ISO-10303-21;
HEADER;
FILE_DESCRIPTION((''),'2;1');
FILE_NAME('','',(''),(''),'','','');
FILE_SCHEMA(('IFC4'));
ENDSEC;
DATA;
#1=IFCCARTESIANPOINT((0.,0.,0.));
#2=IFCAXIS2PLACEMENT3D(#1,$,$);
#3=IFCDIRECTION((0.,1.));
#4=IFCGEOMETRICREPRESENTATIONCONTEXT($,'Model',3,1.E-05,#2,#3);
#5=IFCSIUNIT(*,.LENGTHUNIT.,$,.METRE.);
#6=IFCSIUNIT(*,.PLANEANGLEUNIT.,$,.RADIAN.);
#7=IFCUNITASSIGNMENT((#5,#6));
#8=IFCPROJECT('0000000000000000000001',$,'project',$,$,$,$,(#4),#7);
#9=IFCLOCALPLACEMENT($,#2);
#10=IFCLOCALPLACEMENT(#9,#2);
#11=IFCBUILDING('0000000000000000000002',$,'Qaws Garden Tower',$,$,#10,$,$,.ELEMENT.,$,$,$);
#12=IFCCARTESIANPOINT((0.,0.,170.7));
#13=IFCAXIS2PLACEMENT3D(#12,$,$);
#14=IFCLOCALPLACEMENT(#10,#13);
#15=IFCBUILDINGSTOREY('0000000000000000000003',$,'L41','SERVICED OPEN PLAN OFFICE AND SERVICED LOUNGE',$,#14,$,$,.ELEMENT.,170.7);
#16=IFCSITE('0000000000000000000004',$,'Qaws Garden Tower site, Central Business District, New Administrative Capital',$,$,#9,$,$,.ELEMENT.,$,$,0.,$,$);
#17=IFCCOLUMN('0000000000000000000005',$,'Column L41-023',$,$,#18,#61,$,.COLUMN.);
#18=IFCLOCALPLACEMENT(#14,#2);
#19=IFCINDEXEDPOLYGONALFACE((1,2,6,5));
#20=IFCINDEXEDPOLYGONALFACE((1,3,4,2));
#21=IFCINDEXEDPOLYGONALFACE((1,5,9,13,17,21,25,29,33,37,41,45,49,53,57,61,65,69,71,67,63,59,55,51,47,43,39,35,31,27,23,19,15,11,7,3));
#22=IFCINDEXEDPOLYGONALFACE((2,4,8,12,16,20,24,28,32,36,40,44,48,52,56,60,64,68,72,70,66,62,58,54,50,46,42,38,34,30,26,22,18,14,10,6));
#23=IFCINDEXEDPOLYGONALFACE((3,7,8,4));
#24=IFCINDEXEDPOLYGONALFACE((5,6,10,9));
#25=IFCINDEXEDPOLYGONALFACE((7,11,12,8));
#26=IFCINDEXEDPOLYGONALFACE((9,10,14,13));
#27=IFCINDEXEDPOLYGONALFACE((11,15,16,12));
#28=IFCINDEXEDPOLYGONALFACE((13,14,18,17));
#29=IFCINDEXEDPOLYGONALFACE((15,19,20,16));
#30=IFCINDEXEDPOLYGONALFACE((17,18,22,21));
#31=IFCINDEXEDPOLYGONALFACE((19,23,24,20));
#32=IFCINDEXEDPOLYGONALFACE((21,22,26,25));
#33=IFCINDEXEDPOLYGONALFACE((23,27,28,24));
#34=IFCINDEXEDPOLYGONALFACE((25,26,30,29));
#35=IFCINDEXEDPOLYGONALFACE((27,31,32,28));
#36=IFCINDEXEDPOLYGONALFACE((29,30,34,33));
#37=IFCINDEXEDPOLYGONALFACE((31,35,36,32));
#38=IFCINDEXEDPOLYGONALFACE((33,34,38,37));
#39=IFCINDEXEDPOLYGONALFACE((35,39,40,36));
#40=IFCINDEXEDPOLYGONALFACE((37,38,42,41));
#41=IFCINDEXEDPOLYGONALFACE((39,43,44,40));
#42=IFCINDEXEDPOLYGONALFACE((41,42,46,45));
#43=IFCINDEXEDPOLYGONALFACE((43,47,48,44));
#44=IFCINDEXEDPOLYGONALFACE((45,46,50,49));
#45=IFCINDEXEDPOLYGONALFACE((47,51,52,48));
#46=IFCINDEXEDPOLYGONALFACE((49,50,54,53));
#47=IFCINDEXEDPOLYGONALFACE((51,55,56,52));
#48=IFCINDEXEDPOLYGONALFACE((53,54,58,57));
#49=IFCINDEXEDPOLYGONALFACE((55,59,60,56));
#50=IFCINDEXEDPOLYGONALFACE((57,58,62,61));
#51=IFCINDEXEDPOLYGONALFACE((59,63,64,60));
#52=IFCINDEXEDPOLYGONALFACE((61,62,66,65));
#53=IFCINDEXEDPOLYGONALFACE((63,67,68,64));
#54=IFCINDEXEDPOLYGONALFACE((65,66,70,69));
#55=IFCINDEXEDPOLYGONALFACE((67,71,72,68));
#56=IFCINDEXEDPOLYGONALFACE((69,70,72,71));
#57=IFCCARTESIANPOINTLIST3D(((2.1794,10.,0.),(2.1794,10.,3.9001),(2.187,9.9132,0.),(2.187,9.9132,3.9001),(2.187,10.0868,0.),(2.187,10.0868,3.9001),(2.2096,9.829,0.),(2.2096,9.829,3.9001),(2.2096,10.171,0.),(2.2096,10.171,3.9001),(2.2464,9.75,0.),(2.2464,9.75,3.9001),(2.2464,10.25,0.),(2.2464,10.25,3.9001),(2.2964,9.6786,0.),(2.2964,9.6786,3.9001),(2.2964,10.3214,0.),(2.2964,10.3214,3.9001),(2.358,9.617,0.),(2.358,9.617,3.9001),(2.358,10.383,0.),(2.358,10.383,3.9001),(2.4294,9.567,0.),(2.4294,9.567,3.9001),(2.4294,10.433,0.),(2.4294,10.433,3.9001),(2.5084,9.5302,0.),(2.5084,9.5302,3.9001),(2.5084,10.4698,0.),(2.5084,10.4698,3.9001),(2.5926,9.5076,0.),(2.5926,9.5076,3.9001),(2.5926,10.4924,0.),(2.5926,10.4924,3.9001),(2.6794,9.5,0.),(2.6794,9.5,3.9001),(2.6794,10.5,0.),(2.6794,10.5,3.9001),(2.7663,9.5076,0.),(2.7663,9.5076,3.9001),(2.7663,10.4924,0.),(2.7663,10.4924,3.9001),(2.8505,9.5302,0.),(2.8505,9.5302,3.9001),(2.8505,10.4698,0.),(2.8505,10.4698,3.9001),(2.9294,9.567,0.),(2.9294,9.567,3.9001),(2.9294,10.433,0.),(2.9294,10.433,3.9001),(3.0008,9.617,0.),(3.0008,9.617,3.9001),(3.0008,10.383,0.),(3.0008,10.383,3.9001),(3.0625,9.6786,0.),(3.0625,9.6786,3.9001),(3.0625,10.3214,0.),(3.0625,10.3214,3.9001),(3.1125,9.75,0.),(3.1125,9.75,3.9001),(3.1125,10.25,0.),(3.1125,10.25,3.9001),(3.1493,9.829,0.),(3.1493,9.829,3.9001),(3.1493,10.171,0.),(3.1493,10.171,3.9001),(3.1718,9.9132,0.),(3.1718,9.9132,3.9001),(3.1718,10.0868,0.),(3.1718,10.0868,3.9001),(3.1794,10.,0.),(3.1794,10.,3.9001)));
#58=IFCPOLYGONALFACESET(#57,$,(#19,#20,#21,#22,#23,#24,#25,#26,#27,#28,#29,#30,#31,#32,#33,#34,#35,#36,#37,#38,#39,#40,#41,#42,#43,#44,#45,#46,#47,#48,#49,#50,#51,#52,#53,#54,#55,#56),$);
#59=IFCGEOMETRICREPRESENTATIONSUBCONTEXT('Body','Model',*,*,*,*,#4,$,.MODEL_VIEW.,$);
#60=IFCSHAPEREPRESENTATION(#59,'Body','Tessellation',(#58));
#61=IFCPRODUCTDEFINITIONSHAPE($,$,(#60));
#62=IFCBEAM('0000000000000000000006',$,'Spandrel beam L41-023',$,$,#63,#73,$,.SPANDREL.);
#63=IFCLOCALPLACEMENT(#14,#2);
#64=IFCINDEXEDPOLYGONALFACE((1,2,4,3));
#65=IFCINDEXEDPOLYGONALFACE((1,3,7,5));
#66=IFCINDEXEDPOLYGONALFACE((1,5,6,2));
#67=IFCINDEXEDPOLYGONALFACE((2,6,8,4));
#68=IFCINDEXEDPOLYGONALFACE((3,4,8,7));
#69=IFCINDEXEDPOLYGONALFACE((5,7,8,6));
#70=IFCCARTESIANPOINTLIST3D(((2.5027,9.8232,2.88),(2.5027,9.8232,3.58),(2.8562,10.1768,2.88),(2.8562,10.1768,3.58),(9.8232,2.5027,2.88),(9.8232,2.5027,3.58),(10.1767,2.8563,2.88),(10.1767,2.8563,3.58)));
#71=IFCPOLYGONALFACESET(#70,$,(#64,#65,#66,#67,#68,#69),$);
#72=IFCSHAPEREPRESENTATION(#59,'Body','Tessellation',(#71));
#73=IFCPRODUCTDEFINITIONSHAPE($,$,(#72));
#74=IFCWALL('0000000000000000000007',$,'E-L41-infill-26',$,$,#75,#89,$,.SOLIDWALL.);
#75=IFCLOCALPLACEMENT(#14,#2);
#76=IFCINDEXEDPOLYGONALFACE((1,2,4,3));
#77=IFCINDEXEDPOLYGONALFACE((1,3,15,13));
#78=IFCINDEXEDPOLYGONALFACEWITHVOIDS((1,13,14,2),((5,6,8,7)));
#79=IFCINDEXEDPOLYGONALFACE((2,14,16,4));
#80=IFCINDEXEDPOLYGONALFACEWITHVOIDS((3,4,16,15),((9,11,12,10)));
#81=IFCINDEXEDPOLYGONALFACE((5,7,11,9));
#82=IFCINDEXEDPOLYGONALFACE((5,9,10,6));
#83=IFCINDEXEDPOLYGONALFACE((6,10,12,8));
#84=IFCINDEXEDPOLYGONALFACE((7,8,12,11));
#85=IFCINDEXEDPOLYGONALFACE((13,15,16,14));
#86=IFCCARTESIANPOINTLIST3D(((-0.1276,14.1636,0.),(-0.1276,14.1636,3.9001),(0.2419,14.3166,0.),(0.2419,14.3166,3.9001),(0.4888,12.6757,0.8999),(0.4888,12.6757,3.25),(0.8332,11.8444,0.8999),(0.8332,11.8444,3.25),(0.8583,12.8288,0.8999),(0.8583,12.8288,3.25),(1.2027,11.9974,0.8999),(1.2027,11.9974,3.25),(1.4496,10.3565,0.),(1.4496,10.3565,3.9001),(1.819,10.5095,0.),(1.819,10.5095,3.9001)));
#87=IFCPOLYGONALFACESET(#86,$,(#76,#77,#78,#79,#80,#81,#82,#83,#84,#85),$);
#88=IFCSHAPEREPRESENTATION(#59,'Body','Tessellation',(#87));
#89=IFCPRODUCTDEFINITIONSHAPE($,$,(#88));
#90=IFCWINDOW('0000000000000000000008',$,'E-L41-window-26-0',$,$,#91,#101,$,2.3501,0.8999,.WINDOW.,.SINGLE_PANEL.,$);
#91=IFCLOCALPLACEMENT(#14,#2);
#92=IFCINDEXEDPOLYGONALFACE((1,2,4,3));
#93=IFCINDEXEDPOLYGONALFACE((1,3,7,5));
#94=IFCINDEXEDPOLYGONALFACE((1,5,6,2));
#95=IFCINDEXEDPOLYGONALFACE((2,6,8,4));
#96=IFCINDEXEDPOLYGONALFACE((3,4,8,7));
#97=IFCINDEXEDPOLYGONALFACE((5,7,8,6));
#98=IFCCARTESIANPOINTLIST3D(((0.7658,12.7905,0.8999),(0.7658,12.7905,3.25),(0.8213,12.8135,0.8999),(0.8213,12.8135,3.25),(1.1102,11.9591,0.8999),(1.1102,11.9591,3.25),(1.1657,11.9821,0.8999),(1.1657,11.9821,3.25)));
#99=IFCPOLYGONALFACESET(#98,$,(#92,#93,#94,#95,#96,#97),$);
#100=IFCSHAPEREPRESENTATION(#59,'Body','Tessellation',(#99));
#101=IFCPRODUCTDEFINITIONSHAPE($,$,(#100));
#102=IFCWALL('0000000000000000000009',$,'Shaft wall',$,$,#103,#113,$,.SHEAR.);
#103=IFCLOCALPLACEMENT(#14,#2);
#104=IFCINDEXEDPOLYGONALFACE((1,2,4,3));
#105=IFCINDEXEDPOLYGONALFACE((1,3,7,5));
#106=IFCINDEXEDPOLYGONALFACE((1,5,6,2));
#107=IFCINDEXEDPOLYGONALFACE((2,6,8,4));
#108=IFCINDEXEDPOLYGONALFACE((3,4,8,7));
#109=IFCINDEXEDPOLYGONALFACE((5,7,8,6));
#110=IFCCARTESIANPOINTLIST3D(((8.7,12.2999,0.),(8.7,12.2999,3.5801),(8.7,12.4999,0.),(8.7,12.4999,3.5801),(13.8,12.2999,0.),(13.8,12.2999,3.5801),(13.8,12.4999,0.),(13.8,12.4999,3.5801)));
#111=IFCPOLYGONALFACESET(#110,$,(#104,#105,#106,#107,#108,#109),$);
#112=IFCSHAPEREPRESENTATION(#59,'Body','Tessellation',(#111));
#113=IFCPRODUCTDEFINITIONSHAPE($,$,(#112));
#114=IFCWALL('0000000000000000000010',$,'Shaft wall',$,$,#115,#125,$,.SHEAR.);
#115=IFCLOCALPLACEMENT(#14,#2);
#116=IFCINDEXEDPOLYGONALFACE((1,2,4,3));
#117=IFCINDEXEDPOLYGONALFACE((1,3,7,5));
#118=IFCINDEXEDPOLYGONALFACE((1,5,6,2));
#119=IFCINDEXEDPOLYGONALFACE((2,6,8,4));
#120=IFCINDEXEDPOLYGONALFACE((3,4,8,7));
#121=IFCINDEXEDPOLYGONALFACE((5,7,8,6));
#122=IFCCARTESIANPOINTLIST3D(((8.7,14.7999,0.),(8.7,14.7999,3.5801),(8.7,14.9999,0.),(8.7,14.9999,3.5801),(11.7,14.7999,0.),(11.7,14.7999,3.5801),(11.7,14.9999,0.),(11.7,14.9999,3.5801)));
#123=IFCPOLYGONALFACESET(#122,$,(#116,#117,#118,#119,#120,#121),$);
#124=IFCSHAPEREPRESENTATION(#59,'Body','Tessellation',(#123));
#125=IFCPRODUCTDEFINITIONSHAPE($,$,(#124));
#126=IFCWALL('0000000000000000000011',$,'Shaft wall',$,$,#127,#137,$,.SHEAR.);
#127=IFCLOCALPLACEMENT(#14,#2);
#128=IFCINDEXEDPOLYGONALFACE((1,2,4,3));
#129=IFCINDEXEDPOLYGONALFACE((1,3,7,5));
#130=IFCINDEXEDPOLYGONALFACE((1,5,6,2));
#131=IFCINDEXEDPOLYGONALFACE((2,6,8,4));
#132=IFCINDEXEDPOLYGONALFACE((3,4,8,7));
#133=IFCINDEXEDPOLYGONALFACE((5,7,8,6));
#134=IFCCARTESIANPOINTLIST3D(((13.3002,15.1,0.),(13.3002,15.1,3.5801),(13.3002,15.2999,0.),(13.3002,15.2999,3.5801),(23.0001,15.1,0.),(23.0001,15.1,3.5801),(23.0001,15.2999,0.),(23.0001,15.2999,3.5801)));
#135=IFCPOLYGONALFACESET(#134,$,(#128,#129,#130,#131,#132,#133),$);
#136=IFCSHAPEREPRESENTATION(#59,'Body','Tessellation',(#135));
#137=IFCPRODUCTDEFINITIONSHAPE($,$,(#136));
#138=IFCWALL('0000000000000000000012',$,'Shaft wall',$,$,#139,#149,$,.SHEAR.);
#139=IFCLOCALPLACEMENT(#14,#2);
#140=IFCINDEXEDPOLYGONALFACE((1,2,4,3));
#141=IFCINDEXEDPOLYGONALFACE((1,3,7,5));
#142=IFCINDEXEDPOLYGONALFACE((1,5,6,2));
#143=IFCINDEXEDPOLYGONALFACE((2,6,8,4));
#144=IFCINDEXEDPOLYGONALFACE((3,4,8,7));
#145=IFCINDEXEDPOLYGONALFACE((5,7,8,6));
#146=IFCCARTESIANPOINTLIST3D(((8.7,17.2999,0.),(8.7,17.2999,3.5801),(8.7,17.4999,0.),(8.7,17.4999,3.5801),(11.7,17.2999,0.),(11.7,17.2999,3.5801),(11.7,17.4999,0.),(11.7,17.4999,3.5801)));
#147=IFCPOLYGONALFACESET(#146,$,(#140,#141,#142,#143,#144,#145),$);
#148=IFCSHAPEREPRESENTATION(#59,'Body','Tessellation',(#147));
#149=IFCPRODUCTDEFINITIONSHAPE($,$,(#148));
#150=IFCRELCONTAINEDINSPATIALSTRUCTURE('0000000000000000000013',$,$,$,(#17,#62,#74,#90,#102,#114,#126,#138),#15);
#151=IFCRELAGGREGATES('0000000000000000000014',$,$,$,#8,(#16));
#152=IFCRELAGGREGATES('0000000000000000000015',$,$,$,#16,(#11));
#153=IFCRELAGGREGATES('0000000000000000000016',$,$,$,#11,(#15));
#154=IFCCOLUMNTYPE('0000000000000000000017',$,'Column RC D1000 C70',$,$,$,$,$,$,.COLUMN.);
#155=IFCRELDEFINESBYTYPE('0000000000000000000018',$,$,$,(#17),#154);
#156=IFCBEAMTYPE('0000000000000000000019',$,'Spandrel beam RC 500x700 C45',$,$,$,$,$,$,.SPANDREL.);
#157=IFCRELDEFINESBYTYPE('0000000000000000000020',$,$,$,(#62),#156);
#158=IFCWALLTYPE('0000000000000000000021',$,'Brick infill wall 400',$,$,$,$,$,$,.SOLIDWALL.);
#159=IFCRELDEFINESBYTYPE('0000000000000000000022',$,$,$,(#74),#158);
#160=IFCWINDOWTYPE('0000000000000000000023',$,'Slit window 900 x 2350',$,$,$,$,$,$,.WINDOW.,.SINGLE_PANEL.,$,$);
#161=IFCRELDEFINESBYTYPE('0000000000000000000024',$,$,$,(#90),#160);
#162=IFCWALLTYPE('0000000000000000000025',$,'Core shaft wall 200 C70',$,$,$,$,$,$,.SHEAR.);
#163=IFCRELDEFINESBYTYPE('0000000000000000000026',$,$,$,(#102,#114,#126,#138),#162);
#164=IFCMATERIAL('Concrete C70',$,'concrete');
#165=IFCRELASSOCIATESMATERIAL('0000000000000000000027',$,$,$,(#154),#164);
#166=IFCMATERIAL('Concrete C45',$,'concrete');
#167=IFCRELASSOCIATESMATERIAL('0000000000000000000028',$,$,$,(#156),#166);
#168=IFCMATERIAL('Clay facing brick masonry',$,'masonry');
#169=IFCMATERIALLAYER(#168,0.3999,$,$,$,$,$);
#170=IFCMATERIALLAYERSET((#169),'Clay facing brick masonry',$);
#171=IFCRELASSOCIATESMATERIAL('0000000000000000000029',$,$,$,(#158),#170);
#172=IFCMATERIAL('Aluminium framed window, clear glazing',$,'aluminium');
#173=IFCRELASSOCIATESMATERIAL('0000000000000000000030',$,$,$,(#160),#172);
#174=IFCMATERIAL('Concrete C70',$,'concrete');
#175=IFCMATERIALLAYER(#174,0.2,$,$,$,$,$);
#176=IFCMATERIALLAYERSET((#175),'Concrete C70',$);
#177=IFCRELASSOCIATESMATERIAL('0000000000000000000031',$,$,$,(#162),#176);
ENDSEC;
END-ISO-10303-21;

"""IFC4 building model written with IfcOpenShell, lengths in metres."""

from ifc_helpers import new_model, si_unit, direction, frame, frame_2d, origin, origin_2d, place, context, subcontext, project, spatial, rectangle, circle, extrude, material, layer, layer_set, material_profile, profile_set, type_object, element, fill, save


model = new_model("IFC4")

# Units and contexts
model_context = context("Model", 3, precision=1e-05, world=origin(), true_north=direction((0.0, 1.0)))
body_context = subcontext(model_context, "Body", "Model", "MODEL_VIEW")
ifc_project = project(units=[si_unit("LENGTHUNIT", "METRE"), si_unit("PLANEANGLEUNIT", "RADIAN")], contexts=[model_context])

# Site, building, storey
site_placement = place(None, origin())
site = spatial("IfcSite", under=ifc_project, at=site_placement, Name="Qaws Garden Tower site, Central Business District, New Administrative Capital", CompositionType="ELEMENT", RefElevation=0.0)
building_placement = place(site_placement, origin())
building = spatial("IfcBuilding", under=site, at=building_placement, Name="Qaws Garden Tower", CompositionType="ELEMENT")
storey_placement = place(building_placement, frame((0.0, 0.0, 170.7)))
storey = spatial("IfcBuildingStorey", under=building, at=storey_placement, Name="L41", Description="SERVICED OPEN PLAN OFFICE AND SERVICED LOUNGE", CompositionType="ELEMENT", Elevation=170.7)

# Column
ifc_material_1 = material(Name="Concrete C70", Category="concrete")
ifc_material_profile_1 = material_profile(ifc_material_1, circle(Radius=0.5, at=origin_2d()), Name="RC D1000")
ifc_profile_set_1 = profile_set([ifc_material_profile_1], Name="Concrete C70")
column_type = type_object("IfcColumnType", Name="Column RC D1000 C70", PredefinedType="COLUMN", material=ifc_profile_set_1)
column_placement = place(storey_placement, frame((2.6794, 10.0, 0.0), z_axis=(0.0, 0.0, 1.0), x_axis=(1.0, 0.0, 0.0)))
element("IfcColumn", 1, at=column_placement, inside=storey, type_object=column_type, Name="Column L41-023", PredefinedType="COLUMN", context=body_context, shape_type="SweptSolid", body=[
    extrude(circle(Radius=0.5, at=origin_2d()), origin(), (0.0, 0.0, 1.0), 3.9001),
])

# Beam
ifc_material_2 = material(Name="Concrete C45", Category="concrete")
ifc_material_profile_2 = material_profile(ifc_material_2, rectangle(XDim=0.5, YDim=0.7, at=origin_2d()), Name="RC 500x700")
ifc_profile_set_2 = profile_set([ifc_material_profile_2], Name="Concrete C45")
beam_type = type_object("IfcBeamType", Name="Spandrel beam RC 500x700 C45", PredefinedType="SPANDREL", material=ifc_profile_set_2)
beam_placement = place(storey_placement, frame((2.6794, 10.0, 3.23), z_axis=(0.707107, -0.707107, 0.0), x_axis=(0.707107, 0.707107, 0.0)))
element("IfcBeam", 2, at=beam_placement, inside=storey, type_object=beam_type, Name="Spandrel beam L41-023", PredefinedType="SPANDREL", context=body_context, shape_type="SweptSolid", body=[
    extrude(rectangle(XDim=0.5, YDim=0.7, at=origin_2d()), origin(), (0.0, 0.0, 1.0), 10.3528),
])

# Wall, opening, window
ifc_material_3 = material(Name="Clay facing brick masonry", Category="masonry")
ifc_layer_1 = layer(ifc_material_3, 0.3999)
ifc_layer_set_1 = layer_set([ifc_layer_1], Name="Clay facing brick masonry")
wall_type_1 = type_object("IfcWallType", Name="Brick infill wall 400", PredefinedType="SOLIDWALL", material=ifc_layer_set_1)
wall_1_placement = place(storey_placement, frame((0.0571, 14.2402, 0.0), z_axis=(0.0, 0.0, 1.0), x_axis=(0.382722, -0.923864, 0.0)))
wall_1 = element("IfcWall", 3, at=wall_1_placement, inside=storey, type_object=wall_type_1, Name="E-L41-infill-26", PredefinedType="SOLIDWALL", context=body_context, shape_type="SweptSolid", body=[
    extrude(rectangle(XDim=4.1208, YDim=0.3999, at=frame_2d((2.0605, 0.0))), origin(), (0.0, 0.0, 1.0), 3.9001),
])
opening_1_placement = place(wall_1_placement, frame((1.6106, 0.0, 0.8999)))
opening_1 = element("IfcOpeningElement", 4, at=opening_1_placement, cuts=wall_1, PredefinedType="OPENING", context=body_context, shape_type="SweptSolid", body=[
    extrude(rectangle(XDim=0.8999, YDim=2.3501, at=frame_2d((0.45, 1.175))), frame((0.0, 0.21, 0.0), z_axis=(0.0, -1.0, 0.0), x_axis=(1.0, 0.0, 0.0)), (0.0, 0.0, 1.0), 0.4199),
])
ifc_material_4 = material(Name="Aluminium framed window, clear glazing", Category="aluminium")
window_type = type_object("IfcWindowType", Name="Slit window 900 x 2350", PartitioningType="SINGLE_PANEL", PredefinedType="WINDOW", material=ifc_material_4)
window_placement = place(opening_1_placement, origin())
window = element("IfcWindow", 5, at=window_placement, inside=storey, type_object=window_type, Name="E-L41-window-26-0", OverallHeight=2.3501, OverallWidth=0.8999, PartitioningType="SINGLE_PANEL", PredefinedType="WINDOW", context=body_context, shape_type="SweptSolid", body=[
    extrude(rectangle(XDim=0.8999, YDim=2.3501, at=frame_2d((0.45, 1.175))), frame((0.0, 0.1599, 0.0), z_axis=(0.0, -1.0, 0.0), x_axis=(1.0, 0.0, 0.0)), (0.0, 0.0, 1.0), 0.0601),
])
fill(opening_1, window)

# Walls
ifc_material_5 = material(Name="Concrete C70", Category="concrete")
ifc_layer_2 = layer(ifc_material_5, 0.2)
ifc_layer_set_2 = layer_set([ifc_layer_2], Name="Concrete C70")
wall_type_2 = type_object("IfcWallType", Name="Core shaft wall 200 C70", PredefinedType="SHEAR", material=ifc_layer_set_2)
wall_2_placement = place(storey_placement, frame((8.7, 12.3999, 0.0), z_axis=(0.0, 0.0, 1.0), x_axis=(1.0, 0.0, 0.0)))
element("IfcWall", 6, at=wall_2_placement, inside=storey, type_object=wall_type_2, Name="Shaft wall", PredefinedType="SHEAR", context=body_context, shape_type="SweptSolid", body=[
    extrude(rectangle(XDim=5.1001, YDim=0.2, at=frame_2d((2.55, 0.0))), origin(), (0.0, 0.0, 1.0), 3.5801),
])
wall_3_placement = place(storey_placement, frame((8.7, 14.8999, 0.0), z_axis=(0.0, 0.0, 1.0), x_axis=(1.0, 0.0, 0.0)))
element("IfcWall", 7, at=wall_3_placement, inside=storey, type_object=wall_type_2, Name="Shaft wall", PredefinedType="SHEAR", context=body_context, shape_type="SweptSolid", body=[
    extrude(rectangle(XDim=3.0, YDim=0.2, at=frame_2d((1.5, 0.0))), origin(), (0.0, 0.0, 1.0), 3.5801),
])
wall_4_placement = place(storey_placement, frame((13.3, 15.2, 0.0), z_axis=(0.0, 0.0, 1.0), x_axis=(1.0, 0.0, 0.0)))
element("IfcWall", 8, at=wall_4_placement, inside=storey, type_object=wall_type_2, Name="Shaft wall", PredefinedType="SHEAR", context=body_context, shape_type="SweptSolid", body=[
    extrude(rectangle(XDim=9.7, YDim=0.2, at=frame_2d((4.8501, 0.0))), origin(), (0.0, 0.0, 1.0), 3.5801),
])
wall_5_placement = place(storey_placement, frame((8.7, 17.3999, 0.0), z_axis=(0.0, 0.0, 1.0), x_axis=(1.0, 0.0, 0.0)))
element("IfcWall", 9, at=wall_5_placement, inside=storey, type_object=wall_type_2, Name="Shaft wall", PredefinedType="SHEAR", context=body_context, shape_type="SweptSolid", body=[
    extrude(rectangle(XDim=3.0, YDim=0.2, at=frame_2d((1.5, 0.0))), origin(), (0.0, 0.0, 1.0), 3.5801),
])

save(model, "model.ifc")
